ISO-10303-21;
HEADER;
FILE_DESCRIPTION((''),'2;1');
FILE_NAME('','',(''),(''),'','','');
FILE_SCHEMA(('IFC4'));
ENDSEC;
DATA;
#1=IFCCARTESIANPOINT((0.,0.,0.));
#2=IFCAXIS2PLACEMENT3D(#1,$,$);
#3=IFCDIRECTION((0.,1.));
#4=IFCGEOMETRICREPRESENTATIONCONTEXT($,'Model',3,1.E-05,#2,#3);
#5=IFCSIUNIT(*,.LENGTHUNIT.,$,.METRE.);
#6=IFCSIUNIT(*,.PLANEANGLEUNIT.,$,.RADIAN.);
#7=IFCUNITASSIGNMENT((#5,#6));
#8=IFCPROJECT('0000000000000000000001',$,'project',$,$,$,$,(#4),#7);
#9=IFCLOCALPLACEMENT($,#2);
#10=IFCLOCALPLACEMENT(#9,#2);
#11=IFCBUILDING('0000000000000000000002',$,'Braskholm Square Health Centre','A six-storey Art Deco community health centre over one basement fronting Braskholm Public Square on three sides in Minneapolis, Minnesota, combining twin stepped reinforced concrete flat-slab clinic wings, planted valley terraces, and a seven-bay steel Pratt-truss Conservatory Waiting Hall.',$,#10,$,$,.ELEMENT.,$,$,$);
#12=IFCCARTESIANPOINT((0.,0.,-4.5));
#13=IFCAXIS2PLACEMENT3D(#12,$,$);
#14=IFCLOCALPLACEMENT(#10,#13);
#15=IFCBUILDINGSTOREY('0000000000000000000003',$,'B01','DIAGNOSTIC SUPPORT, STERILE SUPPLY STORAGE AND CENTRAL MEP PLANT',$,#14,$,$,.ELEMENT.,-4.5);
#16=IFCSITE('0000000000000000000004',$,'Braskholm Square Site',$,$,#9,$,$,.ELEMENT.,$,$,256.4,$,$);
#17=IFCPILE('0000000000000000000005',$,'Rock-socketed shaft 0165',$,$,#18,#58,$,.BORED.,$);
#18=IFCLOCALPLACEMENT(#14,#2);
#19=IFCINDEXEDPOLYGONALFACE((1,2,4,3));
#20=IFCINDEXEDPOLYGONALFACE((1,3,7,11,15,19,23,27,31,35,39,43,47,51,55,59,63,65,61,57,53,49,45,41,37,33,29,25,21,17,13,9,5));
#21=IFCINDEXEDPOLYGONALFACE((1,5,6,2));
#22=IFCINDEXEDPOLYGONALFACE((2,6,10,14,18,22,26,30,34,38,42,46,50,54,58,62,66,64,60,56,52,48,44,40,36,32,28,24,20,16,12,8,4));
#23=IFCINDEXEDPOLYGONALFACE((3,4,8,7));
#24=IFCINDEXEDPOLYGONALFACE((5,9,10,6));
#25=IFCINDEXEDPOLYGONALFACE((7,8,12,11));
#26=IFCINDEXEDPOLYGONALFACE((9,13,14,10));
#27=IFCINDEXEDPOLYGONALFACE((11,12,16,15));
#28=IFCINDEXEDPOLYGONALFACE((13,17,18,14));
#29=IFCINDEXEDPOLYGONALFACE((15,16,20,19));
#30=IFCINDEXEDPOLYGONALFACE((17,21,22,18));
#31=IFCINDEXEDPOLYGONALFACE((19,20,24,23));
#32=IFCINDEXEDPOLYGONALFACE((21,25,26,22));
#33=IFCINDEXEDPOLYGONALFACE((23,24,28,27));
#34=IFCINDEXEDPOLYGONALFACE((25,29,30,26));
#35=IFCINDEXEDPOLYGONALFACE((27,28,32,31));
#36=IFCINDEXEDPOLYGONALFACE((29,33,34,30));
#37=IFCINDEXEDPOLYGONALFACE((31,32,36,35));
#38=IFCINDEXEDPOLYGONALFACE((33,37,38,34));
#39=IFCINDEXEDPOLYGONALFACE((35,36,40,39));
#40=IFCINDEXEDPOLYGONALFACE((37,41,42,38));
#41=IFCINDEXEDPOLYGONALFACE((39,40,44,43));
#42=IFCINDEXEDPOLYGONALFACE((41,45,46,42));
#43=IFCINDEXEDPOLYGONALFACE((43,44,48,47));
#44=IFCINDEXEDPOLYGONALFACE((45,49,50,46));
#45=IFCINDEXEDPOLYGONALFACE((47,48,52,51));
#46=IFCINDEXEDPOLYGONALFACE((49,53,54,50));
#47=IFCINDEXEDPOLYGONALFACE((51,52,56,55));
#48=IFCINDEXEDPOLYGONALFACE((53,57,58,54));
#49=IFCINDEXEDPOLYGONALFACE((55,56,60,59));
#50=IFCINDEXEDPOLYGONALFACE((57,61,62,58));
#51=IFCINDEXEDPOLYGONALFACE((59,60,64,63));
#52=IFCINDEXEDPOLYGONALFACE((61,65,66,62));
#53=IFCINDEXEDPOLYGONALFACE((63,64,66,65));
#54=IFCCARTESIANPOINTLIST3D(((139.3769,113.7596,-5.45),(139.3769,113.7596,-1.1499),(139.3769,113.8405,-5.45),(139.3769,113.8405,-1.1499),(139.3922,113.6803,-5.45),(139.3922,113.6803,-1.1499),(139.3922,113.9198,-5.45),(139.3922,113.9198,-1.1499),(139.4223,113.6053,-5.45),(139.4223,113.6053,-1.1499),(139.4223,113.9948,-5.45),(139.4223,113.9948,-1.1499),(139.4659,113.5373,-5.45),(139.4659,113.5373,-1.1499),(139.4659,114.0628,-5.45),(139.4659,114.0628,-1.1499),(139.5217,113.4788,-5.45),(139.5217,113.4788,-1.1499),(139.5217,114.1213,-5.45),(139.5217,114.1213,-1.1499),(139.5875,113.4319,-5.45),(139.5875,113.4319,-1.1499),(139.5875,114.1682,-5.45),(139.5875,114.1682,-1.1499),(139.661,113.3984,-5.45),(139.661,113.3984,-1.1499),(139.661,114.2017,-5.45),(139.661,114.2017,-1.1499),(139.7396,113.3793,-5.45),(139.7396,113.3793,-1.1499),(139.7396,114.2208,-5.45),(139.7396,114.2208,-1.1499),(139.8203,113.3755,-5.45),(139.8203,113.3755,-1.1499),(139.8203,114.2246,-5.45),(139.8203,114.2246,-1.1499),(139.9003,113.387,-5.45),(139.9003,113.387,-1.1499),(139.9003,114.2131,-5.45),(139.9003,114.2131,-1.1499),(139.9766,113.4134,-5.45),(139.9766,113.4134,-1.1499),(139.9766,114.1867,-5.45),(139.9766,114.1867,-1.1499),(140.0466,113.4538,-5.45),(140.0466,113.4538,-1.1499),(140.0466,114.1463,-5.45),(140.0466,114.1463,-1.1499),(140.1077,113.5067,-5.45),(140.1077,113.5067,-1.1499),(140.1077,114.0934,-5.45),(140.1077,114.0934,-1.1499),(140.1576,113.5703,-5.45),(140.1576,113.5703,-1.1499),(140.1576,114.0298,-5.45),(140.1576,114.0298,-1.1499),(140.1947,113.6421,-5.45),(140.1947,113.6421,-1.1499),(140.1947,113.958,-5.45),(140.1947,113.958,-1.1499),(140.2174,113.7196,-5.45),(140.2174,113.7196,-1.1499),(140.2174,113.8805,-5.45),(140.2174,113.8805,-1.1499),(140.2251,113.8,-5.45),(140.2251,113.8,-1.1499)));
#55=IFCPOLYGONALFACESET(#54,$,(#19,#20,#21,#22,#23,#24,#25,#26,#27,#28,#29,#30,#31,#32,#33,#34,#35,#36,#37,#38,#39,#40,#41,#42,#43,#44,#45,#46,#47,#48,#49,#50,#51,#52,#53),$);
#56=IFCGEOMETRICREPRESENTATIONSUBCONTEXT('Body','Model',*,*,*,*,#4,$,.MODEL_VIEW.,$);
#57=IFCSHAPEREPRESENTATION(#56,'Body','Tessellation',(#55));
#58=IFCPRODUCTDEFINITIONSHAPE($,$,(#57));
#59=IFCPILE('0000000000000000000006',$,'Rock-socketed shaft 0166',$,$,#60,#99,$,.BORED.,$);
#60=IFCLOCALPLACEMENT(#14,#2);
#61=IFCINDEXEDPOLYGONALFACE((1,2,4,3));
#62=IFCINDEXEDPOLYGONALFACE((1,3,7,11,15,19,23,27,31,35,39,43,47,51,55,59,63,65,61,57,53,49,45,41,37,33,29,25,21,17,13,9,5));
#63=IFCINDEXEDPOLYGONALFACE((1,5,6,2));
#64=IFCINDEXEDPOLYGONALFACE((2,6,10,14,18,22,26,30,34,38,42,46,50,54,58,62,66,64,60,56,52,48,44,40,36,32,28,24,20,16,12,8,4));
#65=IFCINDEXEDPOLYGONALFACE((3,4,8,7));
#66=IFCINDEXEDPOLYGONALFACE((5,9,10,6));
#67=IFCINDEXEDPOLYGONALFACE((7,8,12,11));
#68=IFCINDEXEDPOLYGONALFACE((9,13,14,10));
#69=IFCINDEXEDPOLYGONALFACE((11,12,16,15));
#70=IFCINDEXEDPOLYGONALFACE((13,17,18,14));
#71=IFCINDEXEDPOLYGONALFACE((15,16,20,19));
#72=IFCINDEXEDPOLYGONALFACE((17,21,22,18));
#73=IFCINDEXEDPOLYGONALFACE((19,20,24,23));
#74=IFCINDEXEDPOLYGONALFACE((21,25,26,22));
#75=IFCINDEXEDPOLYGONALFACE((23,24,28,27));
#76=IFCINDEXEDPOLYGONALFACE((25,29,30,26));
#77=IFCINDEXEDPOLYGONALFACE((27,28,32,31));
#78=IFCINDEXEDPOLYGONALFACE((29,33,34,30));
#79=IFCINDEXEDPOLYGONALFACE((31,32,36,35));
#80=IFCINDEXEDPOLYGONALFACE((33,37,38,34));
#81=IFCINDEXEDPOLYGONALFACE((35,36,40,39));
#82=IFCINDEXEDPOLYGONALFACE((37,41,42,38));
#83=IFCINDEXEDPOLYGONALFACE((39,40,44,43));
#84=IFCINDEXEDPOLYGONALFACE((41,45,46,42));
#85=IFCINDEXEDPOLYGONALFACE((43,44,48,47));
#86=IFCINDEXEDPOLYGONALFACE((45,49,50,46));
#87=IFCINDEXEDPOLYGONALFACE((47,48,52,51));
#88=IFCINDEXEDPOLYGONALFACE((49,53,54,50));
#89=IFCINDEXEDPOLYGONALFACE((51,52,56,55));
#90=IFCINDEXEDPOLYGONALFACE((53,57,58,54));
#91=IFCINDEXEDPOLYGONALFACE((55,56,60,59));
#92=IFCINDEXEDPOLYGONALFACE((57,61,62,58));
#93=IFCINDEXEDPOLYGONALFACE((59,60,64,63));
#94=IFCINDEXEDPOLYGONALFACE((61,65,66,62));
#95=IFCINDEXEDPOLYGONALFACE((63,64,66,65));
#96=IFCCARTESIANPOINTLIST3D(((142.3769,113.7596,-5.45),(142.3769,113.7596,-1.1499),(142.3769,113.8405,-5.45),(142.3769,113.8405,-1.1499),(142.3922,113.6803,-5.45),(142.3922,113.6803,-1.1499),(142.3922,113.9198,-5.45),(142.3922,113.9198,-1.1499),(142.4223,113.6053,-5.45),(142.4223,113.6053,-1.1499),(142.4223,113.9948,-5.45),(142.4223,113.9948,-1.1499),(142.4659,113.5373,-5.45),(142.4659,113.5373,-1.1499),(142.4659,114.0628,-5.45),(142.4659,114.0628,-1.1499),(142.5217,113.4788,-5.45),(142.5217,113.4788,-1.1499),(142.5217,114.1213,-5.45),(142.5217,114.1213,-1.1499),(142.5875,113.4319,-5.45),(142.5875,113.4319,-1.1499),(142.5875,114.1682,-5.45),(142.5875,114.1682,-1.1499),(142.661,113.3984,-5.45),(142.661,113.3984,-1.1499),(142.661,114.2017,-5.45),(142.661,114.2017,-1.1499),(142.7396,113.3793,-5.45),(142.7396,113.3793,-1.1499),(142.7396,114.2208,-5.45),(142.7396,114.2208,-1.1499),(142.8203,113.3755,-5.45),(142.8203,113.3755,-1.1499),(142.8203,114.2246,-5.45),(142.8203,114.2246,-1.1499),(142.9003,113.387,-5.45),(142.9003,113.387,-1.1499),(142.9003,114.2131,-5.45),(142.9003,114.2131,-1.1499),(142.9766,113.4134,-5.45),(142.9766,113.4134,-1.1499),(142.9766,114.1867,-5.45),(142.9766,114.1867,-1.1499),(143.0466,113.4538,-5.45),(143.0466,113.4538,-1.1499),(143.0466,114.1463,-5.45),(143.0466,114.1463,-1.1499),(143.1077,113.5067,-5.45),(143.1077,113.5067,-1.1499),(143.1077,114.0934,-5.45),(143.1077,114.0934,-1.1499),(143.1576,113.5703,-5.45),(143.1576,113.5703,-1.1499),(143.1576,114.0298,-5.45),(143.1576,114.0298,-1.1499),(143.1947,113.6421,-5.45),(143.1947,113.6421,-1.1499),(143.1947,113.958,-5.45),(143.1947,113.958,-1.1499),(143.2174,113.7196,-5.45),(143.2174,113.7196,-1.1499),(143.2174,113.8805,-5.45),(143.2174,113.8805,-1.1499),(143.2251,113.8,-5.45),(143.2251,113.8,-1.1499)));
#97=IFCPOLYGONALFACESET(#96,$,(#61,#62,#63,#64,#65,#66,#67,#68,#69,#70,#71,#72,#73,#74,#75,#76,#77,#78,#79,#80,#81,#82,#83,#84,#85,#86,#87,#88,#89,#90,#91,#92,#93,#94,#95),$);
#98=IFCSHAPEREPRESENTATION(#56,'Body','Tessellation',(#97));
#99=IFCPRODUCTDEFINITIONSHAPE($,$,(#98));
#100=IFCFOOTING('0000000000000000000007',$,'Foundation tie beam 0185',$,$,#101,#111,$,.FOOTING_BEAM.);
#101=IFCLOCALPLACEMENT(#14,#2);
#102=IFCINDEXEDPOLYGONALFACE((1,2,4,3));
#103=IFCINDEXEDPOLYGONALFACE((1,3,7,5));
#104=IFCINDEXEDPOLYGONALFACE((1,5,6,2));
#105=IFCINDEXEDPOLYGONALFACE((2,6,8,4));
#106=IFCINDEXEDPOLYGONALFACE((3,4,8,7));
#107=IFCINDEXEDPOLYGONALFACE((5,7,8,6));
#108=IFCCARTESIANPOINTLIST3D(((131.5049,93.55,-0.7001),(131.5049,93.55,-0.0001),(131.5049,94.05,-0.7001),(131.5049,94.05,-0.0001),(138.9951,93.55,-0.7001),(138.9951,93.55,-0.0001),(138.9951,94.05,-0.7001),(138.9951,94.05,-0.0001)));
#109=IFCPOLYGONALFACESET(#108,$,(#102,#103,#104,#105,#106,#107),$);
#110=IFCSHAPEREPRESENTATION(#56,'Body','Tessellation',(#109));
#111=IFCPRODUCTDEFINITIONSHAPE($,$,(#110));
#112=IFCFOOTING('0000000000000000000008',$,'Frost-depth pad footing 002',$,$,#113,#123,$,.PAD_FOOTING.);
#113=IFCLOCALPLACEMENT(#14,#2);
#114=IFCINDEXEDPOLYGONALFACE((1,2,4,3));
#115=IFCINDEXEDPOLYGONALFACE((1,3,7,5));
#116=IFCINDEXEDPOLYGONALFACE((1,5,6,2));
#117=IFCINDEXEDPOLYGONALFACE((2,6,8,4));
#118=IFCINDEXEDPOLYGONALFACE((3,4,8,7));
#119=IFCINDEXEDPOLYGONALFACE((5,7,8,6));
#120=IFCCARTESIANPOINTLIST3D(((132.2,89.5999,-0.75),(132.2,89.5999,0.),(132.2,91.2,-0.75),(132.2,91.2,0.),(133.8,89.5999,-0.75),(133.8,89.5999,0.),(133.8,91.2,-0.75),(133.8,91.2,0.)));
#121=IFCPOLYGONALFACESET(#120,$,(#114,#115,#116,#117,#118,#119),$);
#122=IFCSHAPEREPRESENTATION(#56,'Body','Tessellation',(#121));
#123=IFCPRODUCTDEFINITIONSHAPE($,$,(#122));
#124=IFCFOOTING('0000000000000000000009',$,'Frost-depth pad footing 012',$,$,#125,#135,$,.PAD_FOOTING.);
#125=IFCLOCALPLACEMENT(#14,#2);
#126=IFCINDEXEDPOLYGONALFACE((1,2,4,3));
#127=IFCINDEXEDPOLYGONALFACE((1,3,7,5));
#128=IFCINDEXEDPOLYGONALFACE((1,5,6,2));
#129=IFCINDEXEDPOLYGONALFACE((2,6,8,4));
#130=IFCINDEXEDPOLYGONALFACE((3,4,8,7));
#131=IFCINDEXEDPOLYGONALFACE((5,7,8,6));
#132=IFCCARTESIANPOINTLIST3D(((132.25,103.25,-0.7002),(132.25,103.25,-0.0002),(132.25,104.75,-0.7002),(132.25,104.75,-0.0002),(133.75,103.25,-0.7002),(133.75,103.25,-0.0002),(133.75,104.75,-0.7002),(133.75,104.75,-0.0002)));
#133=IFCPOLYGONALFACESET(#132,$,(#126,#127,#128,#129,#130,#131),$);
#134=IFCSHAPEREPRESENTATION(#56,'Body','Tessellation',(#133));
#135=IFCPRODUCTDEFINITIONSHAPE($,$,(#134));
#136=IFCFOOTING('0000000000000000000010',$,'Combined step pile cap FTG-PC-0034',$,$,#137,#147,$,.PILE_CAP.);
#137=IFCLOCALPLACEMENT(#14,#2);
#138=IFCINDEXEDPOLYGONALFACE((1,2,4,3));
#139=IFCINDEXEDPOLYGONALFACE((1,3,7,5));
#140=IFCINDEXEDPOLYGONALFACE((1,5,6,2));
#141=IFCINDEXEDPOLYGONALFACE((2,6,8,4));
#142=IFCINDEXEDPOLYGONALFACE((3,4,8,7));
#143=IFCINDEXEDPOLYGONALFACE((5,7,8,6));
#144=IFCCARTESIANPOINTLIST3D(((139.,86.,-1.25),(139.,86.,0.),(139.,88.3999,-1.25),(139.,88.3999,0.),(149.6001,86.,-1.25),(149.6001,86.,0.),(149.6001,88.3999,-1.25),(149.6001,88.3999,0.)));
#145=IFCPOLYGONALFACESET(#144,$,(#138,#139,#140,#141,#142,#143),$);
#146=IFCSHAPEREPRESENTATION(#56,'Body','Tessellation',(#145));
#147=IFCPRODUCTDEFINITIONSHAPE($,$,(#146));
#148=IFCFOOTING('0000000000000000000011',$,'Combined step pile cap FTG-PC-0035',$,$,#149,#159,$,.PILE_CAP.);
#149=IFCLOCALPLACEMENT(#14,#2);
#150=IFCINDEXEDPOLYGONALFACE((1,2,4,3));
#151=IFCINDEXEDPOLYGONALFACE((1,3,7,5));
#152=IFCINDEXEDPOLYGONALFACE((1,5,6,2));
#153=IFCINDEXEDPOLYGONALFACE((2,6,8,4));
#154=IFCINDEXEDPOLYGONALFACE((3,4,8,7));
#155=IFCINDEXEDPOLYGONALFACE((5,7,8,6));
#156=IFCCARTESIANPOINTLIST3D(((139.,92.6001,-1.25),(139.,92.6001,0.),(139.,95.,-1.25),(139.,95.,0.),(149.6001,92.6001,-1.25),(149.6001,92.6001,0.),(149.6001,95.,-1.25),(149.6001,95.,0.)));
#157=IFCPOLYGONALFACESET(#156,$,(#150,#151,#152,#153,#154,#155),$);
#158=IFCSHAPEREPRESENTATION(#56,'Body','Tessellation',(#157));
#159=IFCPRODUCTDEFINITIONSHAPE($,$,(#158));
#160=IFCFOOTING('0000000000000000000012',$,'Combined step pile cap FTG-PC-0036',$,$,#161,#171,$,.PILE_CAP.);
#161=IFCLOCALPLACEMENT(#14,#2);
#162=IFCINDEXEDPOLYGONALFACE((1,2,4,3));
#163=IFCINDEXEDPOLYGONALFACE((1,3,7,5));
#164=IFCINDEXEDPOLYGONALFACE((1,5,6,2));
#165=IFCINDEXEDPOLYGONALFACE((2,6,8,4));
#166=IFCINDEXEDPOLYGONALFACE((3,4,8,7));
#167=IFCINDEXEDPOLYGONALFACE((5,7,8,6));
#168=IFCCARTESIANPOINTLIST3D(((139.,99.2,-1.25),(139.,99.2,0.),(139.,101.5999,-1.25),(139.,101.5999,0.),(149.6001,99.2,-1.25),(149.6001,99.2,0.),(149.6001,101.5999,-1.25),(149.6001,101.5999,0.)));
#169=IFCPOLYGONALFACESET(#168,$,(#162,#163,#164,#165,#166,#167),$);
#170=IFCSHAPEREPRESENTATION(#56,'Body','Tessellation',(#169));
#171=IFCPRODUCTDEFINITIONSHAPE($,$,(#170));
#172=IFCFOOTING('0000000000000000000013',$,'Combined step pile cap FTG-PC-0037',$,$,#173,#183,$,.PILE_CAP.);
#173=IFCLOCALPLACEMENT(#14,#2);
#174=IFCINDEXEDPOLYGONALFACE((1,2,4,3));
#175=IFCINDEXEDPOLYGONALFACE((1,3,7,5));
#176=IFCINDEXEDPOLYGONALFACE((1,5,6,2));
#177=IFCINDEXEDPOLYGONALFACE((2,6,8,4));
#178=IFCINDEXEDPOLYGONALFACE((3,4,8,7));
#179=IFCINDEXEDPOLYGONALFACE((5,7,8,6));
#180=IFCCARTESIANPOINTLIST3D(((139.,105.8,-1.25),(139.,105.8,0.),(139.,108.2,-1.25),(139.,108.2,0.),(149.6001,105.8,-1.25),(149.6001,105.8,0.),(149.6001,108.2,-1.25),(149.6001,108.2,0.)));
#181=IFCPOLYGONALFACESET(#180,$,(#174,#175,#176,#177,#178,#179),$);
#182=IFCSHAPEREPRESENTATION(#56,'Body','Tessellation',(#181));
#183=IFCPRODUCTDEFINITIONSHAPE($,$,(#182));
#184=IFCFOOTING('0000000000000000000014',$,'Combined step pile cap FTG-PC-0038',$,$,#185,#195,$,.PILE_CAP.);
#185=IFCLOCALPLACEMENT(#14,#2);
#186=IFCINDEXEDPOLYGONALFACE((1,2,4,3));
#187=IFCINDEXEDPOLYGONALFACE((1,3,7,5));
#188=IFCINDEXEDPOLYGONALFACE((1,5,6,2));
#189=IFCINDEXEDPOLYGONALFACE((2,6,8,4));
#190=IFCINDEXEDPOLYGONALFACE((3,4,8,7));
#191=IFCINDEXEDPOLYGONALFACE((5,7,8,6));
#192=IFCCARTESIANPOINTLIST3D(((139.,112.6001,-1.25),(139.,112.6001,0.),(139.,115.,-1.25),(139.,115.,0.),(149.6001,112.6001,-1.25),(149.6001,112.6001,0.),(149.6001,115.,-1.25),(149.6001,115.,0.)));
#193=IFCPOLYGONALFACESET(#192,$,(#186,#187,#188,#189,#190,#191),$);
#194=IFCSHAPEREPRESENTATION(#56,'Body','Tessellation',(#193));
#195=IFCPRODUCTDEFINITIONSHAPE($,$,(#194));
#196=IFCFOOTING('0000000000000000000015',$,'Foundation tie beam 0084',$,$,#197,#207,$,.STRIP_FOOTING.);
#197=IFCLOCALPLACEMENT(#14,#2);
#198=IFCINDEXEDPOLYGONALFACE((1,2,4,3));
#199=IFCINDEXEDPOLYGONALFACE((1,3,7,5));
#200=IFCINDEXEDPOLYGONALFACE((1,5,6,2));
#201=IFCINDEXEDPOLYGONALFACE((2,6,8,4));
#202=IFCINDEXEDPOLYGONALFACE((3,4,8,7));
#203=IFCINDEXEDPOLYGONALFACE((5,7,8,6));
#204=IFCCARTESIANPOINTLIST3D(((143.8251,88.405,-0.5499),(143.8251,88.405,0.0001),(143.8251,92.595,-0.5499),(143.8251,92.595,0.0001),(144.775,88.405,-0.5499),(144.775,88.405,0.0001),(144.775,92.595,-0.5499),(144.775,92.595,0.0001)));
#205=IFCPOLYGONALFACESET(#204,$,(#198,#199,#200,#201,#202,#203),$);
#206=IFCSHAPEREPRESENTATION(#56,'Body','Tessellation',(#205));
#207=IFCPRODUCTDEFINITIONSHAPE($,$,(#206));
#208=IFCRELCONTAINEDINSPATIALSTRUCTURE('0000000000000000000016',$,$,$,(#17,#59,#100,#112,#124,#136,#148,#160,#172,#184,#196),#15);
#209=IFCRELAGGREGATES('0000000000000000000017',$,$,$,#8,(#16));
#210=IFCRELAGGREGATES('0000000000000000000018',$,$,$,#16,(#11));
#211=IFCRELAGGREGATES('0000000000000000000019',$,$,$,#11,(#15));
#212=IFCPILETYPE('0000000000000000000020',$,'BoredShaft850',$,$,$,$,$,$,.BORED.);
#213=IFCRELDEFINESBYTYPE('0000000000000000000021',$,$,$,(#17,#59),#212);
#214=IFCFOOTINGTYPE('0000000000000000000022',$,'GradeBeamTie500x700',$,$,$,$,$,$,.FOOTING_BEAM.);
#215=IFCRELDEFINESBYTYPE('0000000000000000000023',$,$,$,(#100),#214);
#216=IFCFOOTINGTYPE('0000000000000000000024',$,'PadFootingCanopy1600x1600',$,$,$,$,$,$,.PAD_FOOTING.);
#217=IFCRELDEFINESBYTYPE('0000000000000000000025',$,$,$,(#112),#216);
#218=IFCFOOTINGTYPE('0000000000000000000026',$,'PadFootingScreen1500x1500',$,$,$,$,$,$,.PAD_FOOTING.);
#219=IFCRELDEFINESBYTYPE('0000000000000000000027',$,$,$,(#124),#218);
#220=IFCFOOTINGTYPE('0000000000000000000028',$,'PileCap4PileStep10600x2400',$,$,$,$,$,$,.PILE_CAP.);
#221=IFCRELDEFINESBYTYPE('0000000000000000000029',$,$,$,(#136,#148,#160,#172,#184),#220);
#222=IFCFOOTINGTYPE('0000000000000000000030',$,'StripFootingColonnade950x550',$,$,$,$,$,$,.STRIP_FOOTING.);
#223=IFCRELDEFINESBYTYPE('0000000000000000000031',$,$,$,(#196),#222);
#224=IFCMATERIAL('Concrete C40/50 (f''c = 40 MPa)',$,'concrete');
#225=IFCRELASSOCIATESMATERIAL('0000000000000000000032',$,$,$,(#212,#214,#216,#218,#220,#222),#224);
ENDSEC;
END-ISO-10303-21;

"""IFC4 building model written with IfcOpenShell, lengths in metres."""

from ifc_helpers import new_model, si_unit, direction, frame, origin, origin_2d, place, context, subcontext, project, spatial, rectangle, circle, extrude, material, material_profile, profile_set, type_object, element, save


model = new_model("IFC4")

# Units and contexts
model_context = context("Model", 3, precision=1e-05, world=origin(), true_north=direction((0.0, 1.0)))
body_context = subcontext(model_context, "Body", "Model", "MODEL_VIEW")
ifc_project = project(units=[si_unit("LENGTHUNIT", "METRE"), si_unit("PLANEANGLEUNIT", "RADIAN")], contexts=[model_context])

# Site, building, storey
site_placement = place(None, origin())
site = spatial("IfcSite", under=ifc_project, at=site_placement, Name="Braskholm Square Site", CompositionType="ELEMENT", RefElevation=256.4)
building_placement = place(site_placement, origin())
building = spatial("IfcBuilding", under=site, at=building_placement, Name="Braskholm Square Health Centre", Description="A six-storey Art Deco community health centre over one basement fronting Braskholm Public Square on three sides in Minneapolis, Minnesota, combining twin stepped reinforced concrete flat-slab clinic wings, planted valley terraces, and a seven-bay steel Pratt-truss Conservatory Waiting Hall.", CompositionType="ELEMENT")
storey_placement = place(building_placement, frame((0.0, 0.0, -4.5)))
storey = spatial("IfcBuildingStorey", under=building, at=storey_placement, Name="B01", Description="DIAGNOSTIC SUPPORT, STERILE SUPPLY STORAGE AND CENTRAL MEP PLANT", CompositionType="ELEMENT", Elevation=-4.5)

# Piles
ifc_material_1 = material(Name="Concrete C40/50 (f'c = 40 MPa)", Category="concrete")
ifc_material_profile_1 = material_profile(ifc_material_1, circle(Radius=0.425, at=origin_2d()), Name="BORED-PILE-850")
ifc_profile_set_1 = profile_set([ifc_material_profile_1], Name="Concrete C40/50 (f'c = 40 MPa)")
pile_type_1 = type_object("IfcPileType", Name="BoredShaft850", PredefinedType="BORED", material=ifc_profile_set_1)
for number, where, z_axis, x_axis, name in (
    (1, (139.8, 113.8, -1.1499), (0.0, 0.0, -1.0), (1.0, 0.0, 0.0), "Rock-socketed shaft 0165"),
    (2, (142.8, 113.8, -1.1499), (0.0, 0.0, -1.0), (1.0, 0.0, 0.0), "Rock-socketed shaft 0166"),
):
    element("IfcPile", number, at=place(storey_placement, frame(where, z_axis=z_axis, x_axis=x_axis)), inside=storey, type_object=pile_type_1, Name=name, PredefinedType="BORED", context=body_context, shape_type="SweptSolid", body=[
        extrude(circle(Radius=0.425, at=origin_2d()), origin(), (0.0, 0.0, 1.0), 4.3),
    ])

# Footings
ifc_material_profile_2 = material_profile(ifc_material_1, rectangle(XDim=0.5, YDim=0.7, at=origin_2d()), Name="FTG-500X700")
ifc_profile_set_2 = profile_set([ifc_material_profile_2], Name="Concrete C40/50 (f'c = 40 MPa)")
footing_type_1 = type_object("IfcFootingType", Name="GradeBeamTie500x700", PredefinedType="FOOTING_BEAM", material=ifc_profile_set_2)
footing_1_placement = place(storey_placement, frame((131.5049, 93.8, -0.3501), z_axis=(1.0, 0.0, 0.0), x_axis=(0.0, 1.0, 0.0)))
element("IfcFooting", 3, at=footing_1_placement, inside=storey, type_object=footing_type_1, Name="Foundation tie beam 0185", PredefinedType="FOOTING_BEAM", context=body_context, shape_type="SweptSolid", body=[
    extrude(rectangle(XDim=0.5, YDim=0.7, at=origin_2d()), origin(), (0.0, 0.0, 1.0), 7.4902),
])
footing_type_2 = type_object("IfcFootingType", Name="PadFootingCanopy1600x1600", PredefinedType="PAD_FOOTING", material=ifc_material_1)
footing_2_placement = place(storey_placement, frame((133.0, 90.3999, -0.75), z_axis=(0.0, 0.0, 1.0), x_axis=(1.0, 0.0, 0.0)))
element("IfcFooting", 4, at=footing_2_placement, inside=storey, type_object=footing_type_2, Name="Frost-depth pad footing 002", PredefinedType="PAD_FOOTING", context=body_context, shape_type="SweptSolid", body=[
    extrude(rectangle(XDim=1.6001, YDim=1.6001, at=origin_2d()), origin(), (0.0, 0.0, 1.0), 0.75),
])
footing_type_3 = type_object("IfcFootingType", Name="PadFootingScreen1500x1500", PredefinedType="PAD_FOOTING", material=ifc_material_1)
footing_3_placement = place(storey_placement, frame((133.0, 104.0, -0.7002), z_axis=(0.0, 0.0, 1.0), x_axis=(1.0, 0.0, 0.0)))
element("IfcFooting", 5, at=footing_3_placement, inside=storey, type_object=footing_type_3, Name="Frost-depth pad footing 012", PredefinedType="PAD_FOOTING", context=body_context, shape_type="SweptSolid", body=[
    extrude(rectangle(XDim=1.5, YDim=1.5, at=origin_2d()), origin(), (0.0, 0.0, 1.0), 0.7),
])
footing_type_4 = type_object("IfcFootingType", Name="PileCap4PileStep10600x2400", PredefinedType="PILE_CAP", material=ifc_material_1)
for number, where, z_axis, x_axis, name in (
    (6, (144.3, 87.2, -1.25), (0.0, 0.0, 1.0), (1.0, 0.0, 0.0), "Combined step pile cap FTG-PC-0034"),
    (7, (144.3, 93.8, -1.25), (0.0, 0.0, 1.0), (1.0, 0.0, 0.0), "Combined step pile cap FTG-PC-0035"),
    (8, (144.3, 100.3999, -1.25), (0.0, 0.0, 1.0), (1.0, 0.0, 0.0), "Combined step pile cap FTG-PC-0036"),
    (9, (144.3, 107.0, -1.25), (0.0, 0.0, 1.0), (1.0, 0.0, 0.0), "Combined step pile cap FTG-PC-0037"),
    (10, (144.3, 113.8, -1.25), (0.0, 0.0, 1.0), (1.0, 0.0, 0.0), "Combined step pile cap FTG-PC-0038"),
):
    element("IfcFooting", number, at=place(storey_placement, frame(where, z_axis=z_axis, x_axis=x_axis)), inside=storey, type_object=footing_type_4, Name=name, PredefinedType="PILE_CAP", context=body_context, shape_type="SweptSolid", body=[
        extrude(rectangle(XDim=10.6001, YDim=2.3999, at=origin_2d()), origin(), (0.0, 0.0, 1.0), 1.25),
    ])
ifc_material_profile_3 = material_profile(ifc_material_1, rectangle(XDim=0.95, YDim=0.55, at=origin_2d()), Name="FTG-950X550")
ifc_profile_set_3 = profile_set([ifc_material_profile_3], Name="Concrete C40/50 (f'c = 40 MPa)")
footing_type_5 = type_object("IfcFootingType", Name="StripFootingColonnade950x550", PredefinedType="STRIP_FOOTING", material=ifc_profile_set_3)
footing_4_placement = place(storey_placement, frame((144.3, 88.405, -0.2749), z_axis=(0.0, 1.0, 0.0), x_axis=(-1.0, 0.0, 0.0)))
element("IfcFooting", 11, at=footing_4_placement, inside=storey, type_object=footing_type_5, Name="Foundation tie beam 0084", PredefinedType="STRIP_FOOTING", context=body_context, shape_type="SweptSolid", body=[
    extrude(rectangle(XDim=0.95, YDim=0.55, at=origin_2d()), origin(), (0.0, 0.0, 1.0), 4.1899),
])

save(model, "model.ifc")
